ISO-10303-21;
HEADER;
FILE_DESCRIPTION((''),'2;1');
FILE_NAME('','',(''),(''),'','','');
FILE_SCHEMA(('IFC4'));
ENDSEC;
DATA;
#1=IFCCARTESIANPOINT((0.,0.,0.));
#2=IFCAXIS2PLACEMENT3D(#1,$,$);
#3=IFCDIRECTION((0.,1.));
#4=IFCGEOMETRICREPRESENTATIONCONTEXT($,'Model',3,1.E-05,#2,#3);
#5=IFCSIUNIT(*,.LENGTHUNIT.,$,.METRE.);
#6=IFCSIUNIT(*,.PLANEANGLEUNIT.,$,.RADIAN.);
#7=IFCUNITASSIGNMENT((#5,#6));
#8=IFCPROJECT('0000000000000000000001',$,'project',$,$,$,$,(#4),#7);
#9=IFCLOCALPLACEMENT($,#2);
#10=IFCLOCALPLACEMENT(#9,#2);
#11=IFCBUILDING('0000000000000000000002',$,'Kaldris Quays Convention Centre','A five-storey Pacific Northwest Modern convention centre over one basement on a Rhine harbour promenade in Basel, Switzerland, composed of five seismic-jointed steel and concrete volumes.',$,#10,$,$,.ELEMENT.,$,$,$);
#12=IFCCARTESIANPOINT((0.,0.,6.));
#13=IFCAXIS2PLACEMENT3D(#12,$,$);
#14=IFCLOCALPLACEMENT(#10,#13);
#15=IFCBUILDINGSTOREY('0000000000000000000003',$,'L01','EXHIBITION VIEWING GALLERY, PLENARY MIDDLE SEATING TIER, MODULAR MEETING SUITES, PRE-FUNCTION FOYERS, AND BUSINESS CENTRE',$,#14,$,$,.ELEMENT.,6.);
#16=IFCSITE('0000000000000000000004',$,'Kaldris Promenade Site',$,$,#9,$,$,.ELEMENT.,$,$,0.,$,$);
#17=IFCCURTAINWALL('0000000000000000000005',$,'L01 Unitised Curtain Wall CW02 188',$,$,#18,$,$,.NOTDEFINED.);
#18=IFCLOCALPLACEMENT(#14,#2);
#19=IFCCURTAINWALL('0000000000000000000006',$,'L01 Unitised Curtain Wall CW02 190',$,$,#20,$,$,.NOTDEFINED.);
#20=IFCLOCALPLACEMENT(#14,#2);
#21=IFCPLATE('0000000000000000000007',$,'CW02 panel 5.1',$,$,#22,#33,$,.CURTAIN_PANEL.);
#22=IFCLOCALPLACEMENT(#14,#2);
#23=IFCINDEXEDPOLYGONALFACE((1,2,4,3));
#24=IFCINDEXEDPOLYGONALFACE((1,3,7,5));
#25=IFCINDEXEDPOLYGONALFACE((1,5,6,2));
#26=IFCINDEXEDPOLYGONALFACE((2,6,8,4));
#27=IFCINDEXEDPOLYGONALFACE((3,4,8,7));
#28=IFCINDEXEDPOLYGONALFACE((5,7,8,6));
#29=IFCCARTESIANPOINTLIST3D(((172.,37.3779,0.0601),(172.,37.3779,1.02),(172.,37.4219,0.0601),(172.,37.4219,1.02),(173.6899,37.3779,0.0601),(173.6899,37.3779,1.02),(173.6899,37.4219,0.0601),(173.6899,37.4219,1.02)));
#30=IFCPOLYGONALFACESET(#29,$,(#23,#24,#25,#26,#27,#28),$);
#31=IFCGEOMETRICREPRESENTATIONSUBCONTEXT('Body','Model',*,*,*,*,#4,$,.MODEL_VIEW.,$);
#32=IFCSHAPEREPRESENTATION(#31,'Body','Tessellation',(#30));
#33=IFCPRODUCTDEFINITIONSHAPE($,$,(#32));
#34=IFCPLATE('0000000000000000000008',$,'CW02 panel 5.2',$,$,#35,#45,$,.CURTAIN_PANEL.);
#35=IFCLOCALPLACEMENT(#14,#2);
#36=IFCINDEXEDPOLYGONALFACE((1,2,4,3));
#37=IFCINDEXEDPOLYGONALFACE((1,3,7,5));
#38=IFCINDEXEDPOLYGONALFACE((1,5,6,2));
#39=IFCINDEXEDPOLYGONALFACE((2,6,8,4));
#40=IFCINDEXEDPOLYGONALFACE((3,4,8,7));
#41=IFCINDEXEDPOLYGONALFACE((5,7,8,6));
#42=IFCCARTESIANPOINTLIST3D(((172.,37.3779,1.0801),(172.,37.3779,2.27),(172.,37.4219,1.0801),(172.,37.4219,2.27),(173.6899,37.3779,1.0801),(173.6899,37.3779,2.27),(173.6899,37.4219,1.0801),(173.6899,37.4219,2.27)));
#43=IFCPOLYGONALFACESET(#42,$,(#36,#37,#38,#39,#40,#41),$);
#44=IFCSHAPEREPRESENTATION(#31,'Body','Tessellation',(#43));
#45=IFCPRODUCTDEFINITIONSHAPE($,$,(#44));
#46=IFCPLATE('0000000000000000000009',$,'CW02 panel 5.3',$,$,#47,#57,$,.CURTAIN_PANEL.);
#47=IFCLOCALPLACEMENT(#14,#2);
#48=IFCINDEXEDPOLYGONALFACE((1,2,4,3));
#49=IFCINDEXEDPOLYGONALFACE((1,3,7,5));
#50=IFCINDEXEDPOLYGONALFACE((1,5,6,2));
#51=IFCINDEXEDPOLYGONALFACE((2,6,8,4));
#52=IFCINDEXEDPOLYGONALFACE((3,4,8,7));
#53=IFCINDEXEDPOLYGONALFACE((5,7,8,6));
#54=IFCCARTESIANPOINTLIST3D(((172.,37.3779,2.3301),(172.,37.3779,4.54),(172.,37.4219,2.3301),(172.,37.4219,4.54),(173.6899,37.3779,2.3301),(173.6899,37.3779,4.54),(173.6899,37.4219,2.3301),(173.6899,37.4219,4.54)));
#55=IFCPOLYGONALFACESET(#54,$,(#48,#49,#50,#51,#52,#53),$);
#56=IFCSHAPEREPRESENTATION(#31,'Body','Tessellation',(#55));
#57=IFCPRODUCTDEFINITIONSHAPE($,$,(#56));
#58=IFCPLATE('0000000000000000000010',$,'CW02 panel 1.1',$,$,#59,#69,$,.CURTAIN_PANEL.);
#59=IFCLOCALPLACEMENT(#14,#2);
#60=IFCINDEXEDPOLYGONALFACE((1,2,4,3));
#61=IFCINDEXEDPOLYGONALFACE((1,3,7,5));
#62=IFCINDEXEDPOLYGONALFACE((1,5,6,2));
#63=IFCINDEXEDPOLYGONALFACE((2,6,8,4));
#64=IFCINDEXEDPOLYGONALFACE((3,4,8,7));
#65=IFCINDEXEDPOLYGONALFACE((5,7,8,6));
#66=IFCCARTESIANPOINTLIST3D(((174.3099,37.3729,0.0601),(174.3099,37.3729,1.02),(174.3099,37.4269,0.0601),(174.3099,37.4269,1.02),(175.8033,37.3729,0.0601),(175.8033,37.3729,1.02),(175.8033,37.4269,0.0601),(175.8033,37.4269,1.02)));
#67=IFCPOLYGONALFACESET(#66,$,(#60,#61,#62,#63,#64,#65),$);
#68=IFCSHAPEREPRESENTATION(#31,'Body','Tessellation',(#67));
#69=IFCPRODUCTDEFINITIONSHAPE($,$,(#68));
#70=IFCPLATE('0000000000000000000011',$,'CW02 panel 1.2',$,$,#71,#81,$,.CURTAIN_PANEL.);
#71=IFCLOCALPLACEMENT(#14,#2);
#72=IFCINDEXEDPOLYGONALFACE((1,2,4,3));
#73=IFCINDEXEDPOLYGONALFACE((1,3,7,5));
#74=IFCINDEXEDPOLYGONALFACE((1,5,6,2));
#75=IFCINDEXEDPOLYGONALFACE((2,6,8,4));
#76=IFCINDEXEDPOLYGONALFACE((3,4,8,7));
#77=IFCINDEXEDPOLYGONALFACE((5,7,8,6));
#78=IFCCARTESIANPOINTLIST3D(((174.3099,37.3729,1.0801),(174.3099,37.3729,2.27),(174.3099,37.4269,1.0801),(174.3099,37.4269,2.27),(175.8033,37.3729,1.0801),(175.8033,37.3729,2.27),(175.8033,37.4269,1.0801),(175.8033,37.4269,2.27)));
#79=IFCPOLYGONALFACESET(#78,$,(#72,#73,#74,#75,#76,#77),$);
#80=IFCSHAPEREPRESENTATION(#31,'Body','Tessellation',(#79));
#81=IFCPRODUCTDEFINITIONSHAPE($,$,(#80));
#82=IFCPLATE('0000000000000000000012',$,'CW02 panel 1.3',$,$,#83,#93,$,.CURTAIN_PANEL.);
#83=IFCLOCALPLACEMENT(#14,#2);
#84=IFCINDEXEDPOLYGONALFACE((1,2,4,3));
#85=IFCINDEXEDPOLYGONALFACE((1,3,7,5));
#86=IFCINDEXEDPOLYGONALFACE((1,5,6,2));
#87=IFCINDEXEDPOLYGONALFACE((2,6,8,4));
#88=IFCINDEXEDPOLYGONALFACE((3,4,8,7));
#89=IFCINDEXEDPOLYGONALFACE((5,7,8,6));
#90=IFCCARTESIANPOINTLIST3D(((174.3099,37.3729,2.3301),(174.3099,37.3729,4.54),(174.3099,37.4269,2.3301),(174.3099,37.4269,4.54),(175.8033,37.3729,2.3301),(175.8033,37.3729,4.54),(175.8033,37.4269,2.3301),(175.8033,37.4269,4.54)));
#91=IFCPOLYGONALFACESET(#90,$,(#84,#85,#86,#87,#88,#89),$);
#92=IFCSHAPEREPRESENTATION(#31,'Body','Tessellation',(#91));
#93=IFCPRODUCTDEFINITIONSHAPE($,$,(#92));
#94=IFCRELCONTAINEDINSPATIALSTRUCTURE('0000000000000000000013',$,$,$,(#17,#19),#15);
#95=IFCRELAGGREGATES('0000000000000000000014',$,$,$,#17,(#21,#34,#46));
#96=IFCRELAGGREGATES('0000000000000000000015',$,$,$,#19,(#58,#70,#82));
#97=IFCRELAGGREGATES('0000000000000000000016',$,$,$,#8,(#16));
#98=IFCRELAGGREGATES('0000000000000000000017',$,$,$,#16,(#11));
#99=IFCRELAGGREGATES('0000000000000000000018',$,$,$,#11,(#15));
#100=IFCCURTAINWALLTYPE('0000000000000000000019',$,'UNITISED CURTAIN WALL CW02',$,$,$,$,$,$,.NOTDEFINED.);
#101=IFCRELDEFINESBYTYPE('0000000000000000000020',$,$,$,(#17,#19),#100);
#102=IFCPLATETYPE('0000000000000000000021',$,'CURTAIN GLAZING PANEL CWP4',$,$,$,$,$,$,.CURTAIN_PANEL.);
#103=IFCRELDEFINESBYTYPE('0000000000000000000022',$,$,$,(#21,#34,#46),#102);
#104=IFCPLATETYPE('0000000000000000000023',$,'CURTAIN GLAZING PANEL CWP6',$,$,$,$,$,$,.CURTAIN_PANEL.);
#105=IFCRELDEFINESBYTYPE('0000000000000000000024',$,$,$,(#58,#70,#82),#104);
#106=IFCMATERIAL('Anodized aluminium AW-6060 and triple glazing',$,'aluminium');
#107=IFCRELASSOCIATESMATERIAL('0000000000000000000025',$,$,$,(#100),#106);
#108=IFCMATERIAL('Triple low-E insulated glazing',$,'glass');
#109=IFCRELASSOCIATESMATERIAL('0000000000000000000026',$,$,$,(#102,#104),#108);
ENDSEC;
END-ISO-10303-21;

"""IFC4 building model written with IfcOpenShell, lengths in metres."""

from ifc_helpers import new_model, si_unit, direction, frame, origin, origin_2d, place, context, subcontext, project, spatial, rectangle, extrude, material, type_object, element, aggregate, save


model = new_model("IFC4")

# Units and contexts
model_context = context("Model", 3, precision=1e-05, world=origin(), true_north=direction((0.0, 1.0)))
body_context = subcontext(model_context, "Body", "Model", "MODEL_VIEW")
ifc_project = project(units=[si_unit("LENGTHUNIT", "METRE"), si_unit("PLANEANGLEUNIT", "RADIAN")], contexts=[model_context])

# Site, building, storey
site_placement = place(None, origin())
site = spatial("IfcSite", under=ifc_project, at=site_placement, Name="Kaldris Promenade Site", CompositionType="ELEMENT", RefElevation=0.0)
building_placement = place(site_placement, origin())
building = spatial("IfcBuilding", under=site, at=building_placement, Name="Kaldris Quays Convention Centre", Description="A five-storey Pacific Northwest Modern convention centre over one basement on a Rhine harbour promenade in Basel, Switzerland, composed of five seismic-jointed steel and concrete volumes.", CompositionType="ELEMENT")
storey_placement = place(building_placement, frame((0.0, 0.0, 6.0)))
storey = spatial("IfcBuildingStorey", under=building, at=storey_placement, Name="L01", Description="EXHIBITION VIEWING GALLERY, PLENARY MIDDLE SEATING TIER, MODULAR MEETING SUITES, PRE-FUNCTION FOYERS, AND BUSINESS CENTRE", CompositionType="ELEMENT", Elevation=6.0)

# Curtain walls
ifc_material_1 = material(Name="Anodized aluminium AW-6060 and triple glazing", Category="aluminium")
curtain_wall_type = type_object("IfcCurtainWallType", Name="UNITISED CURTAIN WALL CW02", PredefinedType="NOTDEFINED", material=ifc_material_1)
curtain_wall_1_placement = place(storey_placement, origin())
curtain_wall_1 = element("IfcCurtainWall", 1, at=curtain_wall_1_placement, inside=storey, type_object=curtain_wall_type, Name="L01 Unitised Curtain Wall CW02 188", PredefinedType="NOTDEFINED")
curtain_wall_2_placement = place(storey_placement, origin())
curtain_wall_2 = element("IfcCurtainWall", 2, at=curtain_wall_2_placement, inside=storey, type_object=curtain_wall_type, Name="L01 Unitised Curtain Wall CW02 190", PredefinedType="NOTDEFINED")

# Plates
ifc_material_2 = material(Name="Triple low-E insulated glazing", Category="glass")
plate_type_1 = type_object("IfcPlateType", Name="CURTAIN GLAZING PANEL CWP4", PredefinedType="CURTAIN_PANEL", material=ifc_material_2)
plate_1_placement = place(storey_placement, frame((172.845, 37.3999, 0.0601), z_axis=(0.0, 0.0, 1.0), x_axis=(1.0, 0.0, 0.0)))
plate_1 = element("IfcPlate", 3, at=plate_1_placement, type_object=plate_type_1, Name="CW02 panel 5.1", PredefinedType="CURTAIN_PANEL", context=body_context, shape_type="SweptSolid", body=[
    extrude(rectangle(XDim=1.6899, YDim=0.0439, at=origin_2d()), origin(), (0.0, 0.0, 1.0), 0.96),
])
plate_2_placement = place(storey_placement, frame((172.845, 37.3999, 1.0801), z_axis=(0.0, 0.0, 1.0), x_axis=(1.0, 0.0, 0.0)))
plate_2 = element("IfcPlate", 4, at=plate_2_placement, type_object=plate_type_1, Name="CW02 panel 5.2", PredefinedType="CURTAIN_PANEL", context=body_context, shape_type="SweptSolid", body=[
    extrude(rectangle(XDim=1.6899, YDim=0.0439, at=origin_2d()), origin(), (0.0, 0.0, 1.0), 1.1899),
])
plate_3_placement = place(storey_placement, frame((172.845, 37.3999, 2.3301), z_axis=(0.0, 0.0, 1.0), x_axis=(1.0, 0.0, 0.0)))
plate_3 = element("IfcPlate", 5, at=plate_3_placement, type_object=plate_type_1, Name="CW02 panel 5.3", PredefinedType="CURTAIN_PANEL", context=body_context, shape_type="SweptSolid", body=[
    extrude(rectangle(XDim=1.6899, YDim=0.0439, at=origin_2d()), origin(), (0.0, 0.0, 1.0), 2.21),
])
aggregate(curtain_wall_1, [plate_1, plate_2, plate_3])
plate_type_2 = type_object("IfcPlateType", Name="CURTAIN GLAZING PANEL CWP6", PredefinedType="CURTAIN_PANEL", material=ifc_material_2)
plate_4_placement = place(storey_placement, frame((175.0566, 37.3999, 0.0601), z_axis=(0.0, 0.0, 1.0), x_axis=(1.0, 0.0, 0.0)))
plate_4 = element("IfcPlate", 6, at=plate_4_placement, type_object=plate_type_2, Name="CW02 panel 1.1", PredefinedType="CURTAIN_PANEL", context=body_context, shape_type="SweptSolid", body=[
    extrude(rectangle(XDim=1.4934, YDim=0.054, at=origin_2d()), origin(), (0.0, 0.0, 1.0), 0.96),
])
plate_5_placement = place(storey_placement, frame((175.0566, 37.3999, 1.0801), z_axis=(0.0, 0.0, 1.0), x_axis=(1.0, 0.0, 0.0)))
plate_5 = element("IfcPlate", 7, at=plate_5_placement, type_object=plate_type_2, Name="CW02 panel 1.2", PredefinedType="CURTAIN_PANEL", context=body_context, shape_type="SweptSolid", body=[
    extrude(rectangle(XDim=1.4934, YDim=0.054, at=origin_2d()), origin(), (0.0, 0.0, 1.0), 1.1899),
])
plate_6_placement = place(storey_placement, frame((175.0566, 37.3999, 2.3301), z_axis=(0.0, 0.0, 1.0), x_axis=(1.0, 0.0, 0.0)))
plate_6 = element("IfcPlate", 8, at=plate_6_placement, type_object=plate_type_2, Name="CW02 panel 1.3", PredefinedType="CURTAIN_PANEL", context=body_context, shape_type="SweptSolid", body=[
    extrude(rectangle(XDim=1.4934, YDim=0.054, at=origin_2d()), origin(), (0.0, 0.0, 1.0), 2.21),
])
aggregate(curtain_wall_2, [plate_4, plate_5, plate_6])

save(model, "model.ifc")
